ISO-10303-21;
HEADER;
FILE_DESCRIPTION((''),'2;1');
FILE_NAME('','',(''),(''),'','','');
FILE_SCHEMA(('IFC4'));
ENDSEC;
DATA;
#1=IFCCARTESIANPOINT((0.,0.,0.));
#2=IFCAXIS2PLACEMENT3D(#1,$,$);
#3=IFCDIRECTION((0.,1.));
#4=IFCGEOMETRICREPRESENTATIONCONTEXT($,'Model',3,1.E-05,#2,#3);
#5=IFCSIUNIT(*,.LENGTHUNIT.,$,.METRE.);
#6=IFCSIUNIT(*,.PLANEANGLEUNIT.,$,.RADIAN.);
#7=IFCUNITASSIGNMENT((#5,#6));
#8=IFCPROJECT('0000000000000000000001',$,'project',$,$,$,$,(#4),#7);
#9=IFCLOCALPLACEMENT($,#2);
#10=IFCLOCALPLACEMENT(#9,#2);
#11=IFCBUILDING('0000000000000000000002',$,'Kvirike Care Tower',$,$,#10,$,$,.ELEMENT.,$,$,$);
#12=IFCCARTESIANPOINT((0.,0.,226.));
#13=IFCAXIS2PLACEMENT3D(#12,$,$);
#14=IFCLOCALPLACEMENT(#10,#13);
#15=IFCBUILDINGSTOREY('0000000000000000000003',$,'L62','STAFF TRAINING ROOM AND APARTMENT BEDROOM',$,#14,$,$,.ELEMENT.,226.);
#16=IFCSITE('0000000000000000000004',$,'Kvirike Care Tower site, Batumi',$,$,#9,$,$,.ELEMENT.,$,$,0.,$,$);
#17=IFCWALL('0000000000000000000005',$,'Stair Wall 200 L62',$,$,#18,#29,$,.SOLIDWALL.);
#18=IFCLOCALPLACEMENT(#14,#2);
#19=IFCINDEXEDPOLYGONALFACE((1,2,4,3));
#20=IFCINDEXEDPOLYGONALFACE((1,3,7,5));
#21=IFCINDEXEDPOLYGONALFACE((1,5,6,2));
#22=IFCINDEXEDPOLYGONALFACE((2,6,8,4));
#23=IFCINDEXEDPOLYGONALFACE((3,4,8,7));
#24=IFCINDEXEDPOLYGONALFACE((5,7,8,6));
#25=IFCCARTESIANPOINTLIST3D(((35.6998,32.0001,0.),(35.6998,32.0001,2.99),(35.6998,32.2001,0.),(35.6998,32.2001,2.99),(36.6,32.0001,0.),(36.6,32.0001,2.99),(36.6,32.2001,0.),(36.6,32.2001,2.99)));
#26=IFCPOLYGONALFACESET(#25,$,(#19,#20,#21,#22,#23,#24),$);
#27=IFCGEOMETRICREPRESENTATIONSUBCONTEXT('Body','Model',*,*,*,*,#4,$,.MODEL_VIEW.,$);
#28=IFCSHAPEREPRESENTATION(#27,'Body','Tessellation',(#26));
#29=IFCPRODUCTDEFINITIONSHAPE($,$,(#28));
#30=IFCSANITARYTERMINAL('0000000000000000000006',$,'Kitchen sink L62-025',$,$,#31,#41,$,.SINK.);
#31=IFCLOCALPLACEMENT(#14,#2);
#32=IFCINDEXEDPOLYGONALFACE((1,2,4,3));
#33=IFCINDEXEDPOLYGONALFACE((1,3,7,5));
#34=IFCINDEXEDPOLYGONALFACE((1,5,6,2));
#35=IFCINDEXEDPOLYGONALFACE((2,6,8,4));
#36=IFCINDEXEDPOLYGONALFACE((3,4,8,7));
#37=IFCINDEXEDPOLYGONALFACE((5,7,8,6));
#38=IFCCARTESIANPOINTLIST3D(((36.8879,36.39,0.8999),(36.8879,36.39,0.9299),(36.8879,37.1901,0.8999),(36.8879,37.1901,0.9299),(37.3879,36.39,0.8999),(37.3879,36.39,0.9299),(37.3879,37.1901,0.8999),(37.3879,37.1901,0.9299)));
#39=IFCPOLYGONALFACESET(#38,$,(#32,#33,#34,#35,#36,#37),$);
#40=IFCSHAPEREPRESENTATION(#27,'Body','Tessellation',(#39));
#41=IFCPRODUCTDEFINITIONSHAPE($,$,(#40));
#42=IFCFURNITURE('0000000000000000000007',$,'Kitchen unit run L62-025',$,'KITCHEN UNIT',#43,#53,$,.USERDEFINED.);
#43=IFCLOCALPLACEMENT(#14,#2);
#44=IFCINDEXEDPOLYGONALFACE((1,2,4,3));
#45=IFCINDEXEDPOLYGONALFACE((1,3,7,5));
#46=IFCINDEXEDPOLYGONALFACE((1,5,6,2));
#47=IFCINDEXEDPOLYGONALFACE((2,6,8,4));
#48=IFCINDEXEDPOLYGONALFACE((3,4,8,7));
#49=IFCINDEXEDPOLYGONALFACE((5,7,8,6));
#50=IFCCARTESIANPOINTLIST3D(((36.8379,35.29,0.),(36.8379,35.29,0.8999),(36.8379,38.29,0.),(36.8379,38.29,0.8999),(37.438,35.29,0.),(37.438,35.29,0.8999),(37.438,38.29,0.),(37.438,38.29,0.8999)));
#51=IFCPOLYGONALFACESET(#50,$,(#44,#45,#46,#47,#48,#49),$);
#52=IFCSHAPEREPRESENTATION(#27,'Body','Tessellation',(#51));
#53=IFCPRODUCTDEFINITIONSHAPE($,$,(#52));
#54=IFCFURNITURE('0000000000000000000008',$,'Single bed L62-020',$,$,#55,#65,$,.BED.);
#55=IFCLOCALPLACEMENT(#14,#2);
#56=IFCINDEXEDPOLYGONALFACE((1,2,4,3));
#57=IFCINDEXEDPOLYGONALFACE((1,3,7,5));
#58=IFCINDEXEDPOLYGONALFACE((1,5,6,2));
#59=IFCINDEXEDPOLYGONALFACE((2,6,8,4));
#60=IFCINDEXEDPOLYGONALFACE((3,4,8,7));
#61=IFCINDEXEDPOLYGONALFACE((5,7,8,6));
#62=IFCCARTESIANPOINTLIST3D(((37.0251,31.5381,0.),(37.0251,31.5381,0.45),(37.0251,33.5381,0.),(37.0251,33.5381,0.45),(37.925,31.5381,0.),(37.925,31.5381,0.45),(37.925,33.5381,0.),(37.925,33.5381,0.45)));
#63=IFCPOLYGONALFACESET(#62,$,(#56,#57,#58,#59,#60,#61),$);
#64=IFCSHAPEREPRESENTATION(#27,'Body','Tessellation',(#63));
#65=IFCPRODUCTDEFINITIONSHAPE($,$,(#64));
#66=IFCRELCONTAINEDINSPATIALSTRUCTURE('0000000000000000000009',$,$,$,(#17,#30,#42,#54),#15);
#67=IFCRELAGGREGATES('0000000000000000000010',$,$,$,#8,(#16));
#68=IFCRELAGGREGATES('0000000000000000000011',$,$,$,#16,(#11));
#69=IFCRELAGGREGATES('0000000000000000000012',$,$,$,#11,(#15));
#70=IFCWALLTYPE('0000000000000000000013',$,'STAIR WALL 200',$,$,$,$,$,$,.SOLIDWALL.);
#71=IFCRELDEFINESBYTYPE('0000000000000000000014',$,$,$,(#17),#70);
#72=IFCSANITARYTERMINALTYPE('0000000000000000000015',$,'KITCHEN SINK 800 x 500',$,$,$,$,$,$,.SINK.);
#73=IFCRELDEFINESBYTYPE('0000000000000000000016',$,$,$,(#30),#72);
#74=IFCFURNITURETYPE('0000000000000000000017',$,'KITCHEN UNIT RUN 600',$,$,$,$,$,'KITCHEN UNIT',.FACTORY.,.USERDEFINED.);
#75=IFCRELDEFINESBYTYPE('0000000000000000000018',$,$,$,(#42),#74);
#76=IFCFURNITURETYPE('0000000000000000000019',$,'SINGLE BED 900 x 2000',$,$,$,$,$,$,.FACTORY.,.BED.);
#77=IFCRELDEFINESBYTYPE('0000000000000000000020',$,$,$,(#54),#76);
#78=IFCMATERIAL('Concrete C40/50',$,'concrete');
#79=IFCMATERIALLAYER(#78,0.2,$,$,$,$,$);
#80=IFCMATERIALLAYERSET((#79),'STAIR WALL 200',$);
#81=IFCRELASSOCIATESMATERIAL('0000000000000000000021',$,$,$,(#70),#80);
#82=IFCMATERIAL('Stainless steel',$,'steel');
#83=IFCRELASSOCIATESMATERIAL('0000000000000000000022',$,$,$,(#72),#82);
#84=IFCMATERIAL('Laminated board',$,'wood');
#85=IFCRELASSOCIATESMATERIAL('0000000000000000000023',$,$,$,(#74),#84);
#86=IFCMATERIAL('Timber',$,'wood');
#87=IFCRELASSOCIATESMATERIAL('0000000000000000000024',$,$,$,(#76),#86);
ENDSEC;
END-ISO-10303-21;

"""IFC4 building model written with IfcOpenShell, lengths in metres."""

from ifc_helpers import new_model, si_unit, direction, frame, frame_2d, origin, origin_2d, place, context, subcontext, project, spatial, rectangle, extrude, material, layer, layer_set, type_object, element, save


model = new_model("IFC4")

# Units and contexts
model_context = context("Model", 3, precision=1e-05, world=origin(), true_north=direction((0.0, 1.0)))
body_context = subcontext(model_context, "Body", "Model", "MODEL_VIEW")
ifc_project = project(units=[si_unit("LENGTHUNIT", "METRE"), si_unit("PLANEANGLEUNIT", "RADIAN")], contexts=[model_context])

# Site, building, storey
site_placement = place(None, origin())
site = spatial("IfcSite", under=ifc_project, at=site_placement, Name="Kvirike Care Tower site, Batumi", CompositionType="ELEMENT", RefElevation=0.0)
building_placement = place(site_placement, origin())
building = spatial("IfcBuilding", under=site, at=building_placement, Name="Kvirike Care Tower", CompositionType="ELEMENT")
storey_placement = place(building_placement, frame((0.0, 0.0, 226.0)))
storey = spatial("IfcBuildingStorey", under=building, at=storey_placement, Name="L62", Description="STAFF TRAINING ROOM AND APARTMENT BEDROOM", CompositionType="ELEMENT", Elevation=226.0)

# Wall
ifc_material_1 = material(Name="Concrete C40/50", Category="concrete")
ifc_layer_1 = layer(ifc_material_1, 0.2)
ifc_layer_set_1 = layer_set([ifc_layer_1], Name="STAIR WALL 200")
wall_type_1 = type_object("IfcWallType", Name="STAIR WALL 200", PredefinedType="SOLIDWALL", material=ifc_layer_set_1)
wall_1_placement = place(storey_placement, frame((36.6001, 32.1001, 0.0), z_axis=(0.0, 0.0, 1.0), x_axis=(-1.0, 0.0, 0.0)))
element("IfcWall", 1, at=wall_1_placement, inside=storey, type_object=wall_type_1, Name="Stair Wall 200 L62", PredefinedType="SOLIDWALL", context=body_context, shape_type="SweptSolid", body=[
    extrude(rectangle(XDim=0.9001, YDim=0.2, at=frame_2d((0.4502, 0.0))), origin(), (0.0, 0.0, 1.0), 2.99),
])

# Sanitary terminal
ifc_material_2 = material(Name="Stainless steel", Category="steel")
sanitary_terminal_type = type_object("IfcSanitaryTerminalType", Name="KITCHEN SINK 800 x 500", PredefinedType="SINK", material=ifc_material_2)
sanitary_terminal_placement = place(storey_placement, frame((37.1379, 36.79, 0.8999), z_axis=(0.0, 0.0, 1.0), x_axis=(0.0, -1.0, 0.0)))
element("IfcSanitaryTerminal", 2, at=sanitary_terminal_placement, inside=storey, type_object=sanitary_terminal_type, Name="Kitchen sink L62-025", PredefinedType="SINK", context=body_context, shape_type="SweptSolid", body=[
    extrude(rectangle(XDim=0.8, YDim=0.5, at=origin_2d()), origin(), (0.0, 0.0, 1.0), 0.03),
])

# Furniture
ifc_material_3 = material(Name="Laminated board", Category="wood")
furniture_type_1 = type_object("IfcFurnitureType", Name="KITCHEN UNIT RUN 600", ElementType="KITCHEN UNIT", AssemblyPlace="FACTORY", PredefinedType="USERDEFINED", material=ifc_material_3)
furniture_1_placement = place(storey_placement, frame((37.1379, 36.79, 0.0), z_axis=(0.0, 0.0, 1.0), x_axis=(0.0, -1.0, 0.0)))
element("IfcFurniture", 3, at=furniture_1_placement, inside=storey, type_object=furniture_type_1, Name="Kitchen unit run L62-025", ObjectType="KITCHEN UNIT", PredefinedType="USERDEFINED", context=body_context, shape_type="SweptSolid", body=[
    extrude(rectangle(XDim=3.0, YDim=0.6001, at=origin_2d()), origin(), (0.0, 0.0, 1.0), 0.8999),
])
ifc_material_4 = material(Name="Timber", Category="wood")
furniture_type_2 = type_object("IfcFurnitureType", Name="SINGLE BED 900 x 2000", AssemblyPlace="FACTORY", PredefinedType="BED", material=ifc_material_4)
furniture_2_placement = place(storey_placement, frame((37.4751, 32.5381, 0.0), z_axis=(0.0, 0.0, 1.0), x_axis=(1.0, 0.0, 0.0)))
element("IfcFurniture", 4, at=furniture_2_placement, inside=storey, type_object=furniture_type_2, Name="Single bed L62-020", PredefinedType="BED", context=body_context, shape_type="SweptSolid", body=[
    extrude(rectangle(XDim=0.8999, YDim=2.0, at=origin_2d()), origin(), (0.0, 0.0, 1.0), 0.45),
])

save(model, "model.ifc")
